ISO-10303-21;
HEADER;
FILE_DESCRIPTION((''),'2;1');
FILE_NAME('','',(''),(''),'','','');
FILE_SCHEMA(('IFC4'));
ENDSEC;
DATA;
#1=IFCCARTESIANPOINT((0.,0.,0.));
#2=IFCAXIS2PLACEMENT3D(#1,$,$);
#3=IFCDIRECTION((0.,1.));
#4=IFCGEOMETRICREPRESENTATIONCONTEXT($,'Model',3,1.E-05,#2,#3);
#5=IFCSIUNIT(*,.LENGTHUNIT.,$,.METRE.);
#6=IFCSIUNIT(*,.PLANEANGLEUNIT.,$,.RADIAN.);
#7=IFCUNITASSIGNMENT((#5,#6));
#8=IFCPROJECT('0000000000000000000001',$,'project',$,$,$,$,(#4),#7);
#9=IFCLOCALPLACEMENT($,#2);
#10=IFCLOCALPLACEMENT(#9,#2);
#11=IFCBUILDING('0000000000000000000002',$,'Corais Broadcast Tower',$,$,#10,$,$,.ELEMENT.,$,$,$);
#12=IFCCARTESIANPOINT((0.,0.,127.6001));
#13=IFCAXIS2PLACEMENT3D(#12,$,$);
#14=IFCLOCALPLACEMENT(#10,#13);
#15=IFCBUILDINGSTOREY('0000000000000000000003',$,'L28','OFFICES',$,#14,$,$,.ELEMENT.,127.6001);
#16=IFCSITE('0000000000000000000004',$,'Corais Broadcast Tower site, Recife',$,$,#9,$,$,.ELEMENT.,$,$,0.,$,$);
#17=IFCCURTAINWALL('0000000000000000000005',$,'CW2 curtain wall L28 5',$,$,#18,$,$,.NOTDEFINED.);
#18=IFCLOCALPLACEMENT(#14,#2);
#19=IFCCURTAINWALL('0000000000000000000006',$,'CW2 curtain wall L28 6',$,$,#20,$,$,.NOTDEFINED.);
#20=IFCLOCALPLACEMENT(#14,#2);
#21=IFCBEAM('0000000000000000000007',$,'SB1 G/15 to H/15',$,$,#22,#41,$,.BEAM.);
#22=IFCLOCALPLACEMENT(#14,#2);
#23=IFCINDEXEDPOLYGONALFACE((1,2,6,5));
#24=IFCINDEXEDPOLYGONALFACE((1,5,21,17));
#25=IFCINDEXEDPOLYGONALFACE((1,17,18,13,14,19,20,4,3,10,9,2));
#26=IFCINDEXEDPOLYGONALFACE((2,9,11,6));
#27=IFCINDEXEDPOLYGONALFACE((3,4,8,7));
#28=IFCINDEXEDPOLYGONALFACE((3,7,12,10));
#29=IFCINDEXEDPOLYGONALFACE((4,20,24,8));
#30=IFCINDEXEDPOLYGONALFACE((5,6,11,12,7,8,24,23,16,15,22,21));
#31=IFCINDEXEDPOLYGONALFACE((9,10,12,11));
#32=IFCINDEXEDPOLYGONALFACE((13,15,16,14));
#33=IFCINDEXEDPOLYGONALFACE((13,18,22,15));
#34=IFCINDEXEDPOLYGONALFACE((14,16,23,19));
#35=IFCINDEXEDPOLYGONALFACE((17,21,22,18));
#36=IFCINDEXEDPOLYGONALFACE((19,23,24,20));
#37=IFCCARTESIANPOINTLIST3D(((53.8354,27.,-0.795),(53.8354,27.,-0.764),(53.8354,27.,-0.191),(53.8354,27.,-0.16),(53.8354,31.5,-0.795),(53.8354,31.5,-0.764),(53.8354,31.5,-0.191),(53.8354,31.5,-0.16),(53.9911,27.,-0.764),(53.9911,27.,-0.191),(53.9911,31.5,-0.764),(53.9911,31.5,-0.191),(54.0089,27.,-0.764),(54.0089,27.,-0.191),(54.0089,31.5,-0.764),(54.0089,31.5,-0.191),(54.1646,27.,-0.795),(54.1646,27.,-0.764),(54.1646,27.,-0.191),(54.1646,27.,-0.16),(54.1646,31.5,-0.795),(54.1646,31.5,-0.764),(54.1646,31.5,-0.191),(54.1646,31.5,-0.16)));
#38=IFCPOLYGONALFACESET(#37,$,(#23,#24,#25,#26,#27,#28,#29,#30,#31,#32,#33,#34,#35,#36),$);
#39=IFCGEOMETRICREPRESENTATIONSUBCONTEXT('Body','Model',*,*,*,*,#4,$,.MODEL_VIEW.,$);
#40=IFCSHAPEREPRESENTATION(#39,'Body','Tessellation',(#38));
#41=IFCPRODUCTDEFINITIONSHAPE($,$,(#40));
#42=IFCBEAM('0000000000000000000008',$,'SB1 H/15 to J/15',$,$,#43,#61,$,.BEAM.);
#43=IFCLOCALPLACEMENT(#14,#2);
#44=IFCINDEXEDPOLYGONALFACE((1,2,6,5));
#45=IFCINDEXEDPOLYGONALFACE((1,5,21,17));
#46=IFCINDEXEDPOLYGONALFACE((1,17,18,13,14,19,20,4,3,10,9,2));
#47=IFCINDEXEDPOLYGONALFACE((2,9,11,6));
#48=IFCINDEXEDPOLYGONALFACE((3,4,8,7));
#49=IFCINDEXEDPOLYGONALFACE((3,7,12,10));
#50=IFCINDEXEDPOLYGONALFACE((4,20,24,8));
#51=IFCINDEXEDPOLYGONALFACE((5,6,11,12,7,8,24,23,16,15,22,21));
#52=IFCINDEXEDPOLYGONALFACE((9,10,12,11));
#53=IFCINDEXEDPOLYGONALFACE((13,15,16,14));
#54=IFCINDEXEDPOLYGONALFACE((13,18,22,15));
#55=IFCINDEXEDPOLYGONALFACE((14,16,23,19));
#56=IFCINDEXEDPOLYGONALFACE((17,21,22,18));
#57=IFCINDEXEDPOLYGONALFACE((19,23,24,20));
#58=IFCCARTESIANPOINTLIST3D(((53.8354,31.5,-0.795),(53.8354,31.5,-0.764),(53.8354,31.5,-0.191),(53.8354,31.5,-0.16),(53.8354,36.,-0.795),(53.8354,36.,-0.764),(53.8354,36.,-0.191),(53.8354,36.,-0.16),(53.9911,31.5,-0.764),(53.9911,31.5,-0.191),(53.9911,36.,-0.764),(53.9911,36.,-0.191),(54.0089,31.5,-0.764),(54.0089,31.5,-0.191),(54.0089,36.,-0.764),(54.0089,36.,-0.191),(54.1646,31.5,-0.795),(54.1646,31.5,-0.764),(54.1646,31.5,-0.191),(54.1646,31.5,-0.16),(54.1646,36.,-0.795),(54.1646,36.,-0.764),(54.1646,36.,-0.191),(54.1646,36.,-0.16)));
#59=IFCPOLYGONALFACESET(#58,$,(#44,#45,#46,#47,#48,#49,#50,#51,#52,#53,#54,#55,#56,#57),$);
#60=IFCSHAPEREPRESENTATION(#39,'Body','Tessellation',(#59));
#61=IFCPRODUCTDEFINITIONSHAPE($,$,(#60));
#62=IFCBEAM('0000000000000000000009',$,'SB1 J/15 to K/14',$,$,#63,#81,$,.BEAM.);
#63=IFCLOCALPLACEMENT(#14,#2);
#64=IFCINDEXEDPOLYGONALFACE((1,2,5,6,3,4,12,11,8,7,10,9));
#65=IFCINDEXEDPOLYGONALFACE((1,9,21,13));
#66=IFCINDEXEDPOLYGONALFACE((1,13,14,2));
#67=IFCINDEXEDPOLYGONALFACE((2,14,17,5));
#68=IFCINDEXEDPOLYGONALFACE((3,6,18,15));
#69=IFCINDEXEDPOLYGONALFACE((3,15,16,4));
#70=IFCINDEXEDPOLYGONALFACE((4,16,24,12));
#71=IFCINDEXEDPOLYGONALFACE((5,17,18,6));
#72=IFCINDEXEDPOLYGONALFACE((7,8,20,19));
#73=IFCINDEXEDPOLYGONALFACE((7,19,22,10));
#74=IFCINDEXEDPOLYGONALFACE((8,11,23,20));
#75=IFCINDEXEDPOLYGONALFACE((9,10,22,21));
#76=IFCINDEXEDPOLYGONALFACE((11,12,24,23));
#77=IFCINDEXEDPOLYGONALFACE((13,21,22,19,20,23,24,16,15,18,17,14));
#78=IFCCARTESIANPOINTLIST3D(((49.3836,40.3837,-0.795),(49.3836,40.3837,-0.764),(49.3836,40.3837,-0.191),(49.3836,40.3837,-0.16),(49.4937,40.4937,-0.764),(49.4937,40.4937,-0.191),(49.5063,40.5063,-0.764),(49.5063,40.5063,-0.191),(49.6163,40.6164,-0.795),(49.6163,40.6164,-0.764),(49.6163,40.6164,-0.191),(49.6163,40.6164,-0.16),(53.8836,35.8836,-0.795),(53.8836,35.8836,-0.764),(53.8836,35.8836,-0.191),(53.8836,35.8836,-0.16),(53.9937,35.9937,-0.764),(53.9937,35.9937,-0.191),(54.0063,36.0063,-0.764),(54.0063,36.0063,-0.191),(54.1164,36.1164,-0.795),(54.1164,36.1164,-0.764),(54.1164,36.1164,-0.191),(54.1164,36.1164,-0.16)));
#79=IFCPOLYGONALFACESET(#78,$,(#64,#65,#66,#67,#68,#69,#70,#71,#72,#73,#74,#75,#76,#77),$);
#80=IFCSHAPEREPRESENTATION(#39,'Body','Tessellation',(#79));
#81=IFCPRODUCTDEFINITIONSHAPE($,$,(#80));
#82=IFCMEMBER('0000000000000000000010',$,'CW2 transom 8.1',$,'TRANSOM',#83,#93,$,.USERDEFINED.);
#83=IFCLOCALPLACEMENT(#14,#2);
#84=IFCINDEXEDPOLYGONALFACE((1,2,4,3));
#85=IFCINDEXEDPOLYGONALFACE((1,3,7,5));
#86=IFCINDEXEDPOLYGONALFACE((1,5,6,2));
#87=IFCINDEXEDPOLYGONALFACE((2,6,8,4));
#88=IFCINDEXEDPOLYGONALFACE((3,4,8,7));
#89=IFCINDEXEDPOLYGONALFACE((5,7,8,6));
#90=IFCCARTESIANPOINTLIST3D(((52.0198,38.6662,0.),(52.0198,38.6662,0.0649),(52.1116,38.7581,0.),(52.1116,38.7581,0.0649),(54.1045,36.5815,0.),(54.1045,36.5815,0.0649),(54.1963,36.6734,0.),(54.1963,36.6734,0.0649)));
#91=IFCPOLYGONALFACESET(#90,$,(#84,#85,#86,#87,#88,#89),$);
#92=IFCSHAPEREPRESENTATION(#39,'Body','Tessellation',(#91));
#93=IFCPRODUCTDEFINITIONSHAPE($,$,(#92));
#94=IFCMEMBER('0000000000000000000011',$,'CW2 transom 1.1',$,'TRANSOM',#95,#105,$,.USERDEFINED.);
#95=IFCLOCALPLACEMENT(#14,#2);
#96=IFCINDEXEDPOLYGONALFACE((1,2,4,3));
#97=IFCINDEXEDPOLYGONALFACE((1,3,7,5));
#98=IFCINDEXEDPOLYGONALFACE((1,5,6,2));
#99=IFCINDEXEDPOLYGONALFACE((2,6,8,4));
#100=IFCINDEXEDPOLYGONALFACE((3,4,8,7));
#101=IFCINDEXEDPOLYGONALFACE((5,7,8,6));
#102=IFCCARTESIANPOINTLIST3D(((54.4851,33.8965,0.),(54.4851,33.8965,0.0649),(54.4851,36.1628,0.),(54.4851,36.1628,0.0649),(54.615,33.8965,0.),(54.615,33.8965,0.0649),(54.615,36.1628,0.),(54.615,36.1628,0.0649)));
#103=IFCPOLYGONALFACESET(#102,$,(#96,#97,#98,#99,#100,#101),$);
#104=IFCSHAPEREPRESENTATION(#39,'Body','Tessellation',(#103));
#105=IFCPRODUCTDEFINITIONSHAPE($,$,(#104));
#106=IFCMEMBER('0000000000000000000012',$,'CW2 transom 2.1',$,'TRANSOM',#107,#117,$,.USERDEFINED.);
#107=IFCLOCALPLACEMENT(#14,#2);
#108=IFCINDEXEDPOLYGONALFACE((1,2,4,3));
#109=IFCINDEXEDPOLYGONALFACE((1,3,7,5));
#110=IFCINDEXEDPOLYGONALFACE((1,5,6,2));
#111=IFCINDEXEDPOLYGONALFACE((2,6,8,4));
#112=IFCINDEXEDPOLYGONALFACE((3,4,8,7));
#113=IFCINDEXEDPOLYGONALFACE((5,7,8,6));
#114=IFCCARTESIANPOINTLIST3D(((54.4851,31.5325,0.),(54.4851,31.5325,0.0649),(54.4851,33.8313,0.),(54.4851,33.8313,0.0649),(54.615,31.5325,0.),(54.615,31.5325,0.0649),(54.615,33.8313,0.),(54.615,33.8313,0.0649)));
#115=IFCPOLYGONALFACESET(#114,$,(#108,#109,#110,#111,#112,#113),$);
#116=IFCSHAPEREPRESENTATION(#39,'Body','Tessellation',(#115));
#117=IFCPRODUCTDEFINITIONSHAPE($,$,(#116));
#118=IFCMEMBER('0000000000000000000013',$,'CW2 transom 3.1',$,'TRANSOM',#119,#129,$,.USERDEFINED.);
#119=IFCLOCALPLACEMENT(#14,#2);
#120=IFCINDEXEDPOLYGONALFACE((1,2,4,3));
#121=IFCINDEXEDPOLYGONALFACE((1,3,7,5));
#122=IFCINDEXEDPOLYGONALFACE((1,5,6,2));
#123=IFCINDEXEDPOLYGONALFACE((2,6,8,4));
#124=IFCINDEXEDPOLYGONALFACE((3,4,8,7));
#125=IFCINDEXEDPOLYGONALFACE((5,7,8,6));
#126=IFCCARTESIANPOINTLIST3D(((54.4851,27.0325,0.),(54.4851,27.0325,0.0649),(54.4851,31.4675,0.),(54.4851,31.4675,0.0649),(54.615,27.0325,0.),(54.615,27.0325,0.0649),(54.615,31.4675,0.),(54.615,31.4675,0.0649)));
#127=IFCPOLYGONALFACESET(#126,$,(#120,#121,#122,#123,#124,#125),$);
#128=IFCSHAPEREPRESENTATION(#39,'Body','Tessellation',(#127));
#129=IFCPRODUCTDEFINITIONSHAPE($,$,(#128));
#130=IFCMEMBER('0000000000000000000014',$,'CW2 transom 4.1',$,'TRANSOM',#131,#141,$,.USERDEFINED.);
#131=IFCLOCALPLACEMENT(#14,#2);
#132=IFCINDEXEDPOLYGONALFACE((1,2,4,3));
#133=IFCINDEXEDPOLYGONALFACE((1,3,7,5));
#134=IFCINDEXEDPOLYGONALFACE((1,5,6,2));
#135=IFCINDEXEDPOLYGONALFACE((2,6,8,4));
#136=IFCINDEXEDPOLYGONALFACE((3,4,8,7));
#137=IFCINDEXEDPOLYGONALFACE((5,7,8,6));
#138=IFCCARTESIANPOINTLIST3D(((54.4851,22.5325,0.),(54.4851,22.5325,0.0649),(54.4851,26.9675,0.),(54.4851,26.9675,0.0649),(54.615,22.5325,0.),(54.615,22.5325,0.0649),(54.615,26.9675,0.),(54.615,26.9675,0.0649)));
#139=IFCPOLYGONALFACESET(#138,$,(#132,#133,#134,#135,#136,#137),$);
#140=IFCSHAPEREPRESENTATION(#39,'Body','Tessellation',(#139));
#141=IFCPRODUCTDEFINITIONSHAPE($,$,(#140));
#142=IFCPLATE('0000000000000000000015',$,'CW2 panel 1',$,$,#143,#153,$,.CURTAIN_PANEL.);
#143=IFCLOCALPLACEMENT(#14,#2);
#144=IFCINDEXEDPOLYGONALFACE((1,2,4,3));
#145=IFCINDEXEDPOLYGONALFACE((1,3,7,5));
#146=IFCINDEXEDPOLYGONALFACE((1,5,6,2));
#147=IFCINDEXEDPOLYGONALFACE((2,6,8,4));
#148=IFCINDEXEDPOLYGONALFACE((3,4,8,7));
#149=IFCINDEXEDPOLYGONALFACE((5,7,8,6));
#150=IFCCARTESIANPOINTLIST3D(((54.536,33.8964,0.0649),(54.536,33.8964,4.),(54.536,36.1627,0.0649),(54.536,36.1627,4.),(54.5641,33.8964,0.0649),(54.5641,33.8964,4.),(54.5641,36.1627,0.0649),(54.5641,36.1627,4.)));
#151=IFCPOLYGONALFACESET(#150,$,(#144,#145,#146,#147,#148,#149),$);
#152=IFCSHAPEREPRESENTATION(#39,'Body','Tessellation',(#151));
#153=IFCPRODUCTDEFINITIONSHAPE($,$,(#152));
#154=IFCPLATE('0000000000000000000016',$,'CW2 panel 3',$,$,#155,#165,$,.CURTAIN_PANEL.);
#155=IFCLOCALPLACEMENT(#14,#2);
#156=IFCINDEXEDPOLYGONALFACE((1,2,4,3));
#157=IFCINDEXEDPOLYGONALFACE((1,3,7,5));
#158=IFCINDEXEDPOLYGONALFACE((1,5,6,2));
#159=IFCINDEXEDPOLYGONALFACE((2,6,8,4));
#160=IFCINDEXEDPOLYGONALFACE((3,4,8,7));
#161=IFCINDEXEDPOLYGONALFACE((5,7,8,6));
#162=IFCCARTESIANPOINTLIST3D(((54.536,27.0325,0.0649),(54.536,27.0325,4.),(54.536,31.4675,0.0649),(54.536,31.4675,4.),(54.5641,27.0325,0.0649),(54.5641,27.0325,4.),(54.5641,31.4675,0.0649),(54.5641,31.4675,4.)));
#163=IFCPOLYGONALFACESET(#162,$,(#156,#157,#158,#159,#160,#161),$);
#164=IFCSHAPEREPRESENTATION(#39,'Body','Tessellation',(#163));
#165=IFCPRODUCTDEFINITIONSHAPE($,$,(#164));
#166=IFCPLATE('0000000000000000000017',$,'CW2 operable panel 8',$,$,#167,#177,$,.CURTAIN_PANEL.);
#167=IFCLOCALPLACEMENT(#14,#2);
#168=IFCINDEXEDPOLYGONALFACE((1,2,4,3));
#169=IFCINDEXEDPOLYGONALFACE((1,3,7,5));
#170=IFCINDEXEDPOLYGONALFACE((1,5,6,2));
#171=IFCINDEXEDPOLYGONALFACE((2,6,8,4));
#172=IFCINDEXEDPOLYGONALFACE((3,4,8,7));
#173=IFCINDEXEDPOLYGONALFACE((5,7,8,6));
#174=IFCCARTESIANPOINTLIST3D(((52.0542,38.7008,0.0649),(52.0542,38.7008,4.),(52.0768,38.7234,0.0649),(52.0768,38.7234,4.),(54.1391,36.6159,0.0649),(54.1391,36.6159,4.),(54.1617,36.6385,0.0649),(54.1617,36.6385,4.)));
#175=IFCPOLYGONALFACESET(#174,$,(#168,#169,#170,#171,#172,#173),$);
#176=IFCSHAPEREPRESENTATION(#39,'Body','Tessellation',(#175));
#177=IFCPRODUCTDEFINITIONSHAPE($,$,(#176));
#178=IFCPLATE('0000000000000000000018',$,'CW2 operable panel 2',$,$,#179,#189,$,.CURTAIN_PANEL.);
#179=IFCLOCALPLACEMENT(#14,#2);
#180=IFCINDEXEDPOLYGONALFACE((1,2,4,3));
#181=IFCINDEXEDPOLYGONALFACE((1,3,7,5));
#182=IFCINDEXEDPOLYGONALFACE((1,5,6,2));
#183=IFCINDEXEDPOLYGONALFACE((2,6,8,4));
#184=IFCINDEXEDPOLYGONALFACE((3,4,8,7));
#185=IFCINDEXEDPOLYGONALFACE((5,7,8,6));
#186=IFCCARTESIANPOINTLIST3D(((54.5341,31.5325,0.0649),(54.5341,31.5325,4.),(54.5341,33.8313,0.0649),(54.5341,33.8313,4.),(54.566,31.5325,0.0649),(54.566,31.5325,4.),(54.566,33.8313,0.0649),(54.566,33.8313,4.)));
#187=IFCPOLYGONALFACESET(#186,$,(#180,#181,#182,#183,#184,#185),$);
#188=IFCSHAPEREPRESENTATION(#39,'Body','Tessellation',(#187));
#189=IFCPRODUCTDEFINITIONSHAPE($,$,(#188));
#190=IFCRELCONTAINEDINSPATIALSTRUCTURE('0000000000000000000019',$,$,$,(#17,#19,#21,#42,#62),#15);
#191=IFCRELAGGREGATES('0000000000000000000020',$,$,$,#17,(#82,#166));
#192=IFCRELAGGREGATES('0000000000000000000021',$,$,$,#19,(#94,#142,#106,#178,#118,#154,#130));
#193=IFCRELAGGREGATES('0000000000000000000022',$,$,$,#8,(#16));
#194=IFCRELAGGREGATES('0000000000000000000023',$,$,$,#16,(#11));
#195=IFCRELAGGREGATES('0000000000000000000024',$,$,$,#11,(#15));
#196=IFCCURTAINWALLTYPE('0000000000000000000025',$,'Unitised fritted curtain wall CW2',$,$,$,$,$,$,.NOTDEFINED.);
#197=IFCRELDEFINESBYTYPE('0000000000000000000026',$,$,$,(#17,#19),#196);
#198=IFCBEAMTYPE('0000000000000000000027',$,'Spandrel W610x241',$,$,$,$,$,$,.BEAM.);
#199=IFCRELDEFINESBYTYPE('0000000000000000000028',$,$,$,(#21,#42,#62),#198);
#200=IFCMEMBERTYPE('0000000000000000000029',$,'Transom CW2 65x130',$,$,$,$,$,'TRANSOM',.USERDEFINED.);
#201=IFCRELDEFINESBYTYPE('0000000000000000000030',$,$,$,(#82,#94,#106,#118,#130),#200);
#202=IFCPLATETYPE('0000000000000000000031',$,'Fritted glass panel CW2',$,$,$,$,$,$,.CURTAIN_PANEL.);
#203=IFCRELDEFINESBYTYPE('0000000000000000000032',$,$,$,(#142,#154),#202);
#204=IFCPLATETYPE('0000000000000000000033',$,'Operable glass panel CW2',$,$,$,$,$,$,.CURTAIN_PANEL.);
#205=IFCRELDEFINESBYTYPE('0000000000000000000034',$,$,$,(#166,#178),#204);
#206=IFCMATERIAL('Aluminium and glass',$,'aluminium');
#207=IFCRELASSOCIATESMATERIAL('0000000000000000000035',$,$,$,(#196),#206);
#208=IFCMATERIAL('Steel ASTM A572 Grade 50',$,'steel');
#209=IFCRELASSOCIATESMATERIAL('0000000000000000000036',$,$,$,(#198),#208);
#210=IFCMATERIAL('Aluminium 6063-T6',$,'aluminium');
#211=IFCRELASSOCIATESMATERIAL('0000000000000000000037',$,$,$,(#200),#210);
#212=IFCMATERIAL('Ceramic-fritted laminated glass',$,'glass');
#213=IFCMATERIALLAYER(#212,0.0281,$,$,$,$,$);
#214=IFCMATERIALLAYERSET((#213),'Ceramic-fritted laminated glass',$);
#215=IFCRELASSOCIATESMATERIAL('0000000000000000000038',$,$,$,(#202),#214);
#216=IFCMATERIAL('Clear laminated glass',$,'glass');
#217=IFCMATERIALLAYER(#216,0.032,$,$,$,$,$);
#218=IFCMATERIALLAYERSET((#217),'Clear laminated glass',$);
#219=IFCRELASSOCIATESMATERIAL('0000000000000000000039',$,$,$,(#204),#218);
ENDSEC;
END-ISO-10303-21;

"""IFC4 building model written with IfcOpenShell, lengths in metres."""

from ifc_helpers import new_model, si_unit, direction, frame, origin, origin_2d, place, context, subcontext, project, spatial, rectangle, i_section, extrude, material, layer, layer_set, material_profile, profile_set, type_object, element, aggregate, save


model = new_model("IFC4")

# Units and contexts
model_context = context("Model", 3, precision=1e-05, world=origin(), true_north=direction((0.0, 1.0)))
body_context = subcontext(model_context, "Body", "Model", "MODEL_VIEW")
ifc_project = project(units=[si_unit("LENGTHUNIT", "METRE"), si_unit("PLANEANGLEUNIT", "RADIAN")], contexts=[model_context])

# Site, building, storey
site_placement = place(None, origin())
site = spatial("IfcSite", under=ifc_project, at=site_placement, Name="Corais Broadcast Tower site, Recife", CompositionType="ELEMENT", RefElevation=0.0)
building_placement = place(site_placement, origin())
building = spatial("IfcBuilding", under=site, at=building_placement, Name="Corais Broadcast Tower", CompositionType="ELEMENT")
storey_placement = place(building_placement, frame((0.0, 0.0, 127.6001)))
storey = spatial("IfcBuildingStorey", under=building, at=storey_placement, Name="L28", Description="OFFICES", CompositionType="ELEMENT", Elevation=127.6001)

# Curtain walls
ifc_material_1 = material(Name="Aluminium and glass", Category="aluminium")
curtain_wall_type = type_object("IfcCurtainWallType", Name="Unitised fritted curtain wall CW2", PredefinedType="NOTDEFINED", material=ifc_material_1)
curtain_wall_1_placement = place(storey_placement, origin())
curtain_wall_1 = element("IfcCurtainWall", 1, at=curtain_wall_1_placement, inside=storey, type_object=curtain_wall_type, Name="CW2 curtain wall L28 5", PredefinedType="NOTDEFINED")
curtain_wall_2_placement = place(storey_placement, origin())
curtain_wall_2 = element("IfcCurtainWall", 2, at=curtain_wall_2_placement, inside=storey, type_object=curtain_wall_type, Name="CW2 curtain wall L28 6", PredefinedType="NOTDEFINED")

# Beams
ifc_material_2 = material(Name="Steel ASTM A572 Grade 50", Category="steel")
ifc_material_profile_1 = material_profile(ifc_material_2, i_section(OverallWidth=0.3291, OverallDepth=0.635, WebThickness=0.0178, FlangeThickness=0.031, at=origin_2d()), Name="W610x241")
ifc_profile_set_1 = profile_set([ifc_material_profile_1], Name="Steel ASTM A572 Grade 50")
beam_type_1 = type_object("IfcBeamType", Name="Spandrel W610x241", PredefinedType="BEAM", material=ifc_profile_set_1)
for number, where, z_axis, x_axis, name in (
    (3, (54.0, 27.0, -0.4775), (0.0, 1.0, 0.0), (-1.0, 0.0, 0.0), "SB1 G/15 to H/15"),
    (4, (54.0, 31.5, -0.4775), (0.0, 1.0, 0.0), (-1.0, 0.0, 0.0), "SB1 H/15 to J/15"),
):
    element("IfcBeam", number, at=place(storey_placement, frame(where, z_axis=z_axis, x_axis=x_axis)), inside=storey, type_object=beam_type_1, Name=name, PredefinedType="BEAM", context=body_context, shape_type="SweptSolid", body=[
        extrude(i_section(OverallWidth=0.3291, OverallDepth=0.635, WebThickness=0.0178, FlangeThickness=0.031, at=origin_2d()), origin(), (0.0, 0.0, 1.0), 4.5),
    ])
beam_placement = place(storey_placement, frame((54.0, 36.0, -0.4775), z_axis=(-0.707107, 0.707107, 0.0), x_axis=(-0.707107, -0.707107, 0.0)))
element("IfcBeam", 5, at=beam_placement, inside=storey, type_object=beam_type_1, Name="SB1 J/15 to K/14", PredefinedType="BEAM", context=body_context, shape_type="SweptSolid", body=[
    extrude(i_section(OverallWidth=0.3291, OverallDepth=0.635, WebThickness=0.0178, FlangeThickness=0.031, at=origin_2d()), origin(), (0.0, 0.0, 1.0), 6.364),
])

# Members
ifc_material_3 = material(Name="Aluminium 6063-T6", Category="aluminium")
ifc_material_profile_2 = material_profile(ifc_material_3, rectangle(XDim=0.1299, YDim=0.0649, at=origin_2d()), Name="Transom CW2 65x130")
ifc_profile_set_2 = profile_set([ifc_material_profile_2], Name="Aluminium 6063-T6")
member_type_1 = type_object("IfcMemberType", Name="Transom CW2 65x130", ElementType="TRANSOM", PredefinedType="USERDEFINED", material=ifc_profile_set_2)
member_1_placement = place(storey_placement, frame((52.0657, 38.7122, 0.0325), z_axis=(0.707107, -0.707107, 0.0), x_axis=(0.707107, 0.707107, 0.0)))
member_1 = element("IfcMember", 6, at=member_1_placement, type_object=member_type_1, Name="CW2 transom 8.1", ObjectType="TRANSOM", PredefinedType="USERDEFINED", context=body_context, shape_type="SweptSolid", body=[
    extrude(rectangle(XDim=0.1299, YDim=0.0649, at=origin_2d()), origin(), (0.0, 0.0, 1.0), 2.9482),
])
member_2_placement = place(storey_placement, frame((54.55, 36.1628, 0.0325), z_axis=(0.0, -1.0, 0.0), x_axis=(1.0, 0.0, 0.0)))
member_2 = element("IfcMember", 7, at=member_2_placement, type_object=member_type_1, Name="CW2 transom 1.1", ObjectType="TRANSOM", PredefinedType="USERDEFINED", context=body_context, shape_type="SweptSolid", body=[
    extrude(rectangle(XDim=0.1299, YDim=0.0649, at=origin_2d()), origin(), (0.0, 0.0, 1.0), 2.2664),
])
member_3_placement = place(storey_placement, frame((54.55, 33.8313, 0.0325), z_axis=(0.0, -1.0, 0.0), x_axis=(1.0, 0.0, 0.0)))
member_3 = element("IfcMember", 8, at=member_3_placement, type_object=member_type_1, Name="CW2 transom 2.1", ObjectType="TRANSOM", PredefinedType="USERDEFINED", context=body_context, shape_type="SweptSolid", body=[
    extrude(rectangle(XDim=0.1299, YDim=0.0649, at=origin_2d()), origin(), (0.0, 0.0, 1.0), 2.2988),
])
member_4_placement = place(storey_placement, frame((54.55, 31.4675, 0.0325), z_axis=(0.0, -1.0, 0.0), x_axis=(1.0, 0.0, 0.0)))
member_4 = element("IfcMember", 9, at=member_4_placement, type_object=member_type_1, Name="CW2 transom 3.1", ObjectType="TRANSOM", PredefinedType="USERDEFINED", context=body_context, shape_type="SweptSolid", body=[
    extrude(rectangle(XDim=0.1299, YDim=0.0649, at=origin_2d()), origin(), (0.0, 0.0, 1.0), 4.4351),
])
member_5_placement = place(storey_placement, frame((54.55, 26.9675, 0.0325), z_axis=(0.0, -1.0, 0.0), x_axis=(1.0, 0.0, 0.0)))
member_5 = element("IfcMember", 10, at=member_5_placement, type_object=member_type_1, Name="CW2 transom 4.1", ObjectType="TRANSOM", PredefinedType="USERDEFINED", context=body_context, shape_type="SweptSolid", body=[
    extrude(rectangle(XDim=0.1299, YDim=0.0649, at=origin_2d()), origin(), (0.0, 0.0, 1.0), 4.4351),
])

# Plates
ifc_material_4 = material(Name="Ceramic-fritted laminated glass", Category="glass")
ifc_layer_1 = layer(ifc_material_4, 0.0281)
ifc_layer_set_1 = layer_set([ifc_layer_1], Name="Ceramic-fritted laminated glass")
plate_type_1 = type_object("IfcPlateType", Name="Fritted glass panel CW2", PredefinedType="CURTAIN_PANEL", material=ifc_layer_set_1)
plate_1_placement = place(storey_placement, frame((54.55, 35.0295, 0.0649), z_axis=(0.0, 0.0, 1.0), x_axis=(0.0, -1.0, 0.0)))
plate_1 = element("IfcPlate", 11, at=plate_1_placement, type_object=plate_type_1, Name="CW2 panel 1", PredefinedType="CURTAIN_PANEL", context=body_context, shape_type="SweptSolid", body=[
    extrude(rectangle(XDim=2.2664, YDim=0.0281, at=origin_2d()), origin(), (0.0, 0.0, 1.0), 3.9351),
])
plate_2_placement = place(storey_placement, frame((54.55, 29.25, 0.0649), z_axis=(0.0, 0.0, 1.0), x_axis=(0.0, -1.0, 0.0)))
plate_2 = element("IfcPlate", 12, at=plate_2_placement, type_object=plate_type_1, Name="CW2 panel 3", PredefinedType="CURTAIN_PANEL", context=body_context, shape_type="SweptSolid", body=[
    extrude(rectangle(XDim=4.4351, YDim=0.0281, at=origin_2d()), origin(), (0.0, 0.0, 1.0), 3.9351),
])
ifc_material_5 = material(Name="Clear laminated glass", Category="glass")
ifc_layer_2 = layer(ifc_material_5, 0.032)
ifc_layer_set_2 = layer_set([ifc_layer_2], Name="Clear laminated glass")
plate_type_2 = type_object("IfcPlateType", Name="Operable glass panel CW2", PredefinedType="CURTAIN_PANEL", material=ifc_layer_set_2)
plate_3_placement = place(storey_placement, frame((53.1079, 37.6697, 0.0649), z_axis=(0.0, 0.0, 1.0), x_axis=(0.707107, -0.707107, 0.0)))
plate_3 = element("IfcPlate", 13, at=plate_3_placement, type_object=plate_type_2, Name="CW2 operable panel 8", PredefinedType="CURTAIN_PANEL", context=body_context, shape_type="SweptSolid", body=[
    extrude(rectangle(XDim=2.9485, YDim=0.032, at=origin_2d()), origin(), (0.0, 0.0, 1.0), 3.9351),
])
aggregate(curtain_wall_1, [member_1, plate_3])
plate_4_placement = place(storey_placement, frame((54.55, 32.6819, 0.0649), z_axis=(0.0, 0.0, 1.0), x_axis=(0.0, -1.0, 0.0)))
plate_4 = element("IfcPlate", 14, at=plate_4_placement, type_object=plate_type_2, Name="CW2 operable panel 2", PredefinedType="CURTAIN_PANEL", context=body_context, shape_type="SweptSolid", body=[
    extrude(rectangle(XDim=2.2988, YDim=0.032, at=origin_2d()), origin(), (0.0, 0.0, 1.0), 3.9351),
])
aggregate(curtain_wall_2, [member_2, plate_1, member_3, plate_4, member_4, plate_2, member_5])

save(model, "model.ifc")
